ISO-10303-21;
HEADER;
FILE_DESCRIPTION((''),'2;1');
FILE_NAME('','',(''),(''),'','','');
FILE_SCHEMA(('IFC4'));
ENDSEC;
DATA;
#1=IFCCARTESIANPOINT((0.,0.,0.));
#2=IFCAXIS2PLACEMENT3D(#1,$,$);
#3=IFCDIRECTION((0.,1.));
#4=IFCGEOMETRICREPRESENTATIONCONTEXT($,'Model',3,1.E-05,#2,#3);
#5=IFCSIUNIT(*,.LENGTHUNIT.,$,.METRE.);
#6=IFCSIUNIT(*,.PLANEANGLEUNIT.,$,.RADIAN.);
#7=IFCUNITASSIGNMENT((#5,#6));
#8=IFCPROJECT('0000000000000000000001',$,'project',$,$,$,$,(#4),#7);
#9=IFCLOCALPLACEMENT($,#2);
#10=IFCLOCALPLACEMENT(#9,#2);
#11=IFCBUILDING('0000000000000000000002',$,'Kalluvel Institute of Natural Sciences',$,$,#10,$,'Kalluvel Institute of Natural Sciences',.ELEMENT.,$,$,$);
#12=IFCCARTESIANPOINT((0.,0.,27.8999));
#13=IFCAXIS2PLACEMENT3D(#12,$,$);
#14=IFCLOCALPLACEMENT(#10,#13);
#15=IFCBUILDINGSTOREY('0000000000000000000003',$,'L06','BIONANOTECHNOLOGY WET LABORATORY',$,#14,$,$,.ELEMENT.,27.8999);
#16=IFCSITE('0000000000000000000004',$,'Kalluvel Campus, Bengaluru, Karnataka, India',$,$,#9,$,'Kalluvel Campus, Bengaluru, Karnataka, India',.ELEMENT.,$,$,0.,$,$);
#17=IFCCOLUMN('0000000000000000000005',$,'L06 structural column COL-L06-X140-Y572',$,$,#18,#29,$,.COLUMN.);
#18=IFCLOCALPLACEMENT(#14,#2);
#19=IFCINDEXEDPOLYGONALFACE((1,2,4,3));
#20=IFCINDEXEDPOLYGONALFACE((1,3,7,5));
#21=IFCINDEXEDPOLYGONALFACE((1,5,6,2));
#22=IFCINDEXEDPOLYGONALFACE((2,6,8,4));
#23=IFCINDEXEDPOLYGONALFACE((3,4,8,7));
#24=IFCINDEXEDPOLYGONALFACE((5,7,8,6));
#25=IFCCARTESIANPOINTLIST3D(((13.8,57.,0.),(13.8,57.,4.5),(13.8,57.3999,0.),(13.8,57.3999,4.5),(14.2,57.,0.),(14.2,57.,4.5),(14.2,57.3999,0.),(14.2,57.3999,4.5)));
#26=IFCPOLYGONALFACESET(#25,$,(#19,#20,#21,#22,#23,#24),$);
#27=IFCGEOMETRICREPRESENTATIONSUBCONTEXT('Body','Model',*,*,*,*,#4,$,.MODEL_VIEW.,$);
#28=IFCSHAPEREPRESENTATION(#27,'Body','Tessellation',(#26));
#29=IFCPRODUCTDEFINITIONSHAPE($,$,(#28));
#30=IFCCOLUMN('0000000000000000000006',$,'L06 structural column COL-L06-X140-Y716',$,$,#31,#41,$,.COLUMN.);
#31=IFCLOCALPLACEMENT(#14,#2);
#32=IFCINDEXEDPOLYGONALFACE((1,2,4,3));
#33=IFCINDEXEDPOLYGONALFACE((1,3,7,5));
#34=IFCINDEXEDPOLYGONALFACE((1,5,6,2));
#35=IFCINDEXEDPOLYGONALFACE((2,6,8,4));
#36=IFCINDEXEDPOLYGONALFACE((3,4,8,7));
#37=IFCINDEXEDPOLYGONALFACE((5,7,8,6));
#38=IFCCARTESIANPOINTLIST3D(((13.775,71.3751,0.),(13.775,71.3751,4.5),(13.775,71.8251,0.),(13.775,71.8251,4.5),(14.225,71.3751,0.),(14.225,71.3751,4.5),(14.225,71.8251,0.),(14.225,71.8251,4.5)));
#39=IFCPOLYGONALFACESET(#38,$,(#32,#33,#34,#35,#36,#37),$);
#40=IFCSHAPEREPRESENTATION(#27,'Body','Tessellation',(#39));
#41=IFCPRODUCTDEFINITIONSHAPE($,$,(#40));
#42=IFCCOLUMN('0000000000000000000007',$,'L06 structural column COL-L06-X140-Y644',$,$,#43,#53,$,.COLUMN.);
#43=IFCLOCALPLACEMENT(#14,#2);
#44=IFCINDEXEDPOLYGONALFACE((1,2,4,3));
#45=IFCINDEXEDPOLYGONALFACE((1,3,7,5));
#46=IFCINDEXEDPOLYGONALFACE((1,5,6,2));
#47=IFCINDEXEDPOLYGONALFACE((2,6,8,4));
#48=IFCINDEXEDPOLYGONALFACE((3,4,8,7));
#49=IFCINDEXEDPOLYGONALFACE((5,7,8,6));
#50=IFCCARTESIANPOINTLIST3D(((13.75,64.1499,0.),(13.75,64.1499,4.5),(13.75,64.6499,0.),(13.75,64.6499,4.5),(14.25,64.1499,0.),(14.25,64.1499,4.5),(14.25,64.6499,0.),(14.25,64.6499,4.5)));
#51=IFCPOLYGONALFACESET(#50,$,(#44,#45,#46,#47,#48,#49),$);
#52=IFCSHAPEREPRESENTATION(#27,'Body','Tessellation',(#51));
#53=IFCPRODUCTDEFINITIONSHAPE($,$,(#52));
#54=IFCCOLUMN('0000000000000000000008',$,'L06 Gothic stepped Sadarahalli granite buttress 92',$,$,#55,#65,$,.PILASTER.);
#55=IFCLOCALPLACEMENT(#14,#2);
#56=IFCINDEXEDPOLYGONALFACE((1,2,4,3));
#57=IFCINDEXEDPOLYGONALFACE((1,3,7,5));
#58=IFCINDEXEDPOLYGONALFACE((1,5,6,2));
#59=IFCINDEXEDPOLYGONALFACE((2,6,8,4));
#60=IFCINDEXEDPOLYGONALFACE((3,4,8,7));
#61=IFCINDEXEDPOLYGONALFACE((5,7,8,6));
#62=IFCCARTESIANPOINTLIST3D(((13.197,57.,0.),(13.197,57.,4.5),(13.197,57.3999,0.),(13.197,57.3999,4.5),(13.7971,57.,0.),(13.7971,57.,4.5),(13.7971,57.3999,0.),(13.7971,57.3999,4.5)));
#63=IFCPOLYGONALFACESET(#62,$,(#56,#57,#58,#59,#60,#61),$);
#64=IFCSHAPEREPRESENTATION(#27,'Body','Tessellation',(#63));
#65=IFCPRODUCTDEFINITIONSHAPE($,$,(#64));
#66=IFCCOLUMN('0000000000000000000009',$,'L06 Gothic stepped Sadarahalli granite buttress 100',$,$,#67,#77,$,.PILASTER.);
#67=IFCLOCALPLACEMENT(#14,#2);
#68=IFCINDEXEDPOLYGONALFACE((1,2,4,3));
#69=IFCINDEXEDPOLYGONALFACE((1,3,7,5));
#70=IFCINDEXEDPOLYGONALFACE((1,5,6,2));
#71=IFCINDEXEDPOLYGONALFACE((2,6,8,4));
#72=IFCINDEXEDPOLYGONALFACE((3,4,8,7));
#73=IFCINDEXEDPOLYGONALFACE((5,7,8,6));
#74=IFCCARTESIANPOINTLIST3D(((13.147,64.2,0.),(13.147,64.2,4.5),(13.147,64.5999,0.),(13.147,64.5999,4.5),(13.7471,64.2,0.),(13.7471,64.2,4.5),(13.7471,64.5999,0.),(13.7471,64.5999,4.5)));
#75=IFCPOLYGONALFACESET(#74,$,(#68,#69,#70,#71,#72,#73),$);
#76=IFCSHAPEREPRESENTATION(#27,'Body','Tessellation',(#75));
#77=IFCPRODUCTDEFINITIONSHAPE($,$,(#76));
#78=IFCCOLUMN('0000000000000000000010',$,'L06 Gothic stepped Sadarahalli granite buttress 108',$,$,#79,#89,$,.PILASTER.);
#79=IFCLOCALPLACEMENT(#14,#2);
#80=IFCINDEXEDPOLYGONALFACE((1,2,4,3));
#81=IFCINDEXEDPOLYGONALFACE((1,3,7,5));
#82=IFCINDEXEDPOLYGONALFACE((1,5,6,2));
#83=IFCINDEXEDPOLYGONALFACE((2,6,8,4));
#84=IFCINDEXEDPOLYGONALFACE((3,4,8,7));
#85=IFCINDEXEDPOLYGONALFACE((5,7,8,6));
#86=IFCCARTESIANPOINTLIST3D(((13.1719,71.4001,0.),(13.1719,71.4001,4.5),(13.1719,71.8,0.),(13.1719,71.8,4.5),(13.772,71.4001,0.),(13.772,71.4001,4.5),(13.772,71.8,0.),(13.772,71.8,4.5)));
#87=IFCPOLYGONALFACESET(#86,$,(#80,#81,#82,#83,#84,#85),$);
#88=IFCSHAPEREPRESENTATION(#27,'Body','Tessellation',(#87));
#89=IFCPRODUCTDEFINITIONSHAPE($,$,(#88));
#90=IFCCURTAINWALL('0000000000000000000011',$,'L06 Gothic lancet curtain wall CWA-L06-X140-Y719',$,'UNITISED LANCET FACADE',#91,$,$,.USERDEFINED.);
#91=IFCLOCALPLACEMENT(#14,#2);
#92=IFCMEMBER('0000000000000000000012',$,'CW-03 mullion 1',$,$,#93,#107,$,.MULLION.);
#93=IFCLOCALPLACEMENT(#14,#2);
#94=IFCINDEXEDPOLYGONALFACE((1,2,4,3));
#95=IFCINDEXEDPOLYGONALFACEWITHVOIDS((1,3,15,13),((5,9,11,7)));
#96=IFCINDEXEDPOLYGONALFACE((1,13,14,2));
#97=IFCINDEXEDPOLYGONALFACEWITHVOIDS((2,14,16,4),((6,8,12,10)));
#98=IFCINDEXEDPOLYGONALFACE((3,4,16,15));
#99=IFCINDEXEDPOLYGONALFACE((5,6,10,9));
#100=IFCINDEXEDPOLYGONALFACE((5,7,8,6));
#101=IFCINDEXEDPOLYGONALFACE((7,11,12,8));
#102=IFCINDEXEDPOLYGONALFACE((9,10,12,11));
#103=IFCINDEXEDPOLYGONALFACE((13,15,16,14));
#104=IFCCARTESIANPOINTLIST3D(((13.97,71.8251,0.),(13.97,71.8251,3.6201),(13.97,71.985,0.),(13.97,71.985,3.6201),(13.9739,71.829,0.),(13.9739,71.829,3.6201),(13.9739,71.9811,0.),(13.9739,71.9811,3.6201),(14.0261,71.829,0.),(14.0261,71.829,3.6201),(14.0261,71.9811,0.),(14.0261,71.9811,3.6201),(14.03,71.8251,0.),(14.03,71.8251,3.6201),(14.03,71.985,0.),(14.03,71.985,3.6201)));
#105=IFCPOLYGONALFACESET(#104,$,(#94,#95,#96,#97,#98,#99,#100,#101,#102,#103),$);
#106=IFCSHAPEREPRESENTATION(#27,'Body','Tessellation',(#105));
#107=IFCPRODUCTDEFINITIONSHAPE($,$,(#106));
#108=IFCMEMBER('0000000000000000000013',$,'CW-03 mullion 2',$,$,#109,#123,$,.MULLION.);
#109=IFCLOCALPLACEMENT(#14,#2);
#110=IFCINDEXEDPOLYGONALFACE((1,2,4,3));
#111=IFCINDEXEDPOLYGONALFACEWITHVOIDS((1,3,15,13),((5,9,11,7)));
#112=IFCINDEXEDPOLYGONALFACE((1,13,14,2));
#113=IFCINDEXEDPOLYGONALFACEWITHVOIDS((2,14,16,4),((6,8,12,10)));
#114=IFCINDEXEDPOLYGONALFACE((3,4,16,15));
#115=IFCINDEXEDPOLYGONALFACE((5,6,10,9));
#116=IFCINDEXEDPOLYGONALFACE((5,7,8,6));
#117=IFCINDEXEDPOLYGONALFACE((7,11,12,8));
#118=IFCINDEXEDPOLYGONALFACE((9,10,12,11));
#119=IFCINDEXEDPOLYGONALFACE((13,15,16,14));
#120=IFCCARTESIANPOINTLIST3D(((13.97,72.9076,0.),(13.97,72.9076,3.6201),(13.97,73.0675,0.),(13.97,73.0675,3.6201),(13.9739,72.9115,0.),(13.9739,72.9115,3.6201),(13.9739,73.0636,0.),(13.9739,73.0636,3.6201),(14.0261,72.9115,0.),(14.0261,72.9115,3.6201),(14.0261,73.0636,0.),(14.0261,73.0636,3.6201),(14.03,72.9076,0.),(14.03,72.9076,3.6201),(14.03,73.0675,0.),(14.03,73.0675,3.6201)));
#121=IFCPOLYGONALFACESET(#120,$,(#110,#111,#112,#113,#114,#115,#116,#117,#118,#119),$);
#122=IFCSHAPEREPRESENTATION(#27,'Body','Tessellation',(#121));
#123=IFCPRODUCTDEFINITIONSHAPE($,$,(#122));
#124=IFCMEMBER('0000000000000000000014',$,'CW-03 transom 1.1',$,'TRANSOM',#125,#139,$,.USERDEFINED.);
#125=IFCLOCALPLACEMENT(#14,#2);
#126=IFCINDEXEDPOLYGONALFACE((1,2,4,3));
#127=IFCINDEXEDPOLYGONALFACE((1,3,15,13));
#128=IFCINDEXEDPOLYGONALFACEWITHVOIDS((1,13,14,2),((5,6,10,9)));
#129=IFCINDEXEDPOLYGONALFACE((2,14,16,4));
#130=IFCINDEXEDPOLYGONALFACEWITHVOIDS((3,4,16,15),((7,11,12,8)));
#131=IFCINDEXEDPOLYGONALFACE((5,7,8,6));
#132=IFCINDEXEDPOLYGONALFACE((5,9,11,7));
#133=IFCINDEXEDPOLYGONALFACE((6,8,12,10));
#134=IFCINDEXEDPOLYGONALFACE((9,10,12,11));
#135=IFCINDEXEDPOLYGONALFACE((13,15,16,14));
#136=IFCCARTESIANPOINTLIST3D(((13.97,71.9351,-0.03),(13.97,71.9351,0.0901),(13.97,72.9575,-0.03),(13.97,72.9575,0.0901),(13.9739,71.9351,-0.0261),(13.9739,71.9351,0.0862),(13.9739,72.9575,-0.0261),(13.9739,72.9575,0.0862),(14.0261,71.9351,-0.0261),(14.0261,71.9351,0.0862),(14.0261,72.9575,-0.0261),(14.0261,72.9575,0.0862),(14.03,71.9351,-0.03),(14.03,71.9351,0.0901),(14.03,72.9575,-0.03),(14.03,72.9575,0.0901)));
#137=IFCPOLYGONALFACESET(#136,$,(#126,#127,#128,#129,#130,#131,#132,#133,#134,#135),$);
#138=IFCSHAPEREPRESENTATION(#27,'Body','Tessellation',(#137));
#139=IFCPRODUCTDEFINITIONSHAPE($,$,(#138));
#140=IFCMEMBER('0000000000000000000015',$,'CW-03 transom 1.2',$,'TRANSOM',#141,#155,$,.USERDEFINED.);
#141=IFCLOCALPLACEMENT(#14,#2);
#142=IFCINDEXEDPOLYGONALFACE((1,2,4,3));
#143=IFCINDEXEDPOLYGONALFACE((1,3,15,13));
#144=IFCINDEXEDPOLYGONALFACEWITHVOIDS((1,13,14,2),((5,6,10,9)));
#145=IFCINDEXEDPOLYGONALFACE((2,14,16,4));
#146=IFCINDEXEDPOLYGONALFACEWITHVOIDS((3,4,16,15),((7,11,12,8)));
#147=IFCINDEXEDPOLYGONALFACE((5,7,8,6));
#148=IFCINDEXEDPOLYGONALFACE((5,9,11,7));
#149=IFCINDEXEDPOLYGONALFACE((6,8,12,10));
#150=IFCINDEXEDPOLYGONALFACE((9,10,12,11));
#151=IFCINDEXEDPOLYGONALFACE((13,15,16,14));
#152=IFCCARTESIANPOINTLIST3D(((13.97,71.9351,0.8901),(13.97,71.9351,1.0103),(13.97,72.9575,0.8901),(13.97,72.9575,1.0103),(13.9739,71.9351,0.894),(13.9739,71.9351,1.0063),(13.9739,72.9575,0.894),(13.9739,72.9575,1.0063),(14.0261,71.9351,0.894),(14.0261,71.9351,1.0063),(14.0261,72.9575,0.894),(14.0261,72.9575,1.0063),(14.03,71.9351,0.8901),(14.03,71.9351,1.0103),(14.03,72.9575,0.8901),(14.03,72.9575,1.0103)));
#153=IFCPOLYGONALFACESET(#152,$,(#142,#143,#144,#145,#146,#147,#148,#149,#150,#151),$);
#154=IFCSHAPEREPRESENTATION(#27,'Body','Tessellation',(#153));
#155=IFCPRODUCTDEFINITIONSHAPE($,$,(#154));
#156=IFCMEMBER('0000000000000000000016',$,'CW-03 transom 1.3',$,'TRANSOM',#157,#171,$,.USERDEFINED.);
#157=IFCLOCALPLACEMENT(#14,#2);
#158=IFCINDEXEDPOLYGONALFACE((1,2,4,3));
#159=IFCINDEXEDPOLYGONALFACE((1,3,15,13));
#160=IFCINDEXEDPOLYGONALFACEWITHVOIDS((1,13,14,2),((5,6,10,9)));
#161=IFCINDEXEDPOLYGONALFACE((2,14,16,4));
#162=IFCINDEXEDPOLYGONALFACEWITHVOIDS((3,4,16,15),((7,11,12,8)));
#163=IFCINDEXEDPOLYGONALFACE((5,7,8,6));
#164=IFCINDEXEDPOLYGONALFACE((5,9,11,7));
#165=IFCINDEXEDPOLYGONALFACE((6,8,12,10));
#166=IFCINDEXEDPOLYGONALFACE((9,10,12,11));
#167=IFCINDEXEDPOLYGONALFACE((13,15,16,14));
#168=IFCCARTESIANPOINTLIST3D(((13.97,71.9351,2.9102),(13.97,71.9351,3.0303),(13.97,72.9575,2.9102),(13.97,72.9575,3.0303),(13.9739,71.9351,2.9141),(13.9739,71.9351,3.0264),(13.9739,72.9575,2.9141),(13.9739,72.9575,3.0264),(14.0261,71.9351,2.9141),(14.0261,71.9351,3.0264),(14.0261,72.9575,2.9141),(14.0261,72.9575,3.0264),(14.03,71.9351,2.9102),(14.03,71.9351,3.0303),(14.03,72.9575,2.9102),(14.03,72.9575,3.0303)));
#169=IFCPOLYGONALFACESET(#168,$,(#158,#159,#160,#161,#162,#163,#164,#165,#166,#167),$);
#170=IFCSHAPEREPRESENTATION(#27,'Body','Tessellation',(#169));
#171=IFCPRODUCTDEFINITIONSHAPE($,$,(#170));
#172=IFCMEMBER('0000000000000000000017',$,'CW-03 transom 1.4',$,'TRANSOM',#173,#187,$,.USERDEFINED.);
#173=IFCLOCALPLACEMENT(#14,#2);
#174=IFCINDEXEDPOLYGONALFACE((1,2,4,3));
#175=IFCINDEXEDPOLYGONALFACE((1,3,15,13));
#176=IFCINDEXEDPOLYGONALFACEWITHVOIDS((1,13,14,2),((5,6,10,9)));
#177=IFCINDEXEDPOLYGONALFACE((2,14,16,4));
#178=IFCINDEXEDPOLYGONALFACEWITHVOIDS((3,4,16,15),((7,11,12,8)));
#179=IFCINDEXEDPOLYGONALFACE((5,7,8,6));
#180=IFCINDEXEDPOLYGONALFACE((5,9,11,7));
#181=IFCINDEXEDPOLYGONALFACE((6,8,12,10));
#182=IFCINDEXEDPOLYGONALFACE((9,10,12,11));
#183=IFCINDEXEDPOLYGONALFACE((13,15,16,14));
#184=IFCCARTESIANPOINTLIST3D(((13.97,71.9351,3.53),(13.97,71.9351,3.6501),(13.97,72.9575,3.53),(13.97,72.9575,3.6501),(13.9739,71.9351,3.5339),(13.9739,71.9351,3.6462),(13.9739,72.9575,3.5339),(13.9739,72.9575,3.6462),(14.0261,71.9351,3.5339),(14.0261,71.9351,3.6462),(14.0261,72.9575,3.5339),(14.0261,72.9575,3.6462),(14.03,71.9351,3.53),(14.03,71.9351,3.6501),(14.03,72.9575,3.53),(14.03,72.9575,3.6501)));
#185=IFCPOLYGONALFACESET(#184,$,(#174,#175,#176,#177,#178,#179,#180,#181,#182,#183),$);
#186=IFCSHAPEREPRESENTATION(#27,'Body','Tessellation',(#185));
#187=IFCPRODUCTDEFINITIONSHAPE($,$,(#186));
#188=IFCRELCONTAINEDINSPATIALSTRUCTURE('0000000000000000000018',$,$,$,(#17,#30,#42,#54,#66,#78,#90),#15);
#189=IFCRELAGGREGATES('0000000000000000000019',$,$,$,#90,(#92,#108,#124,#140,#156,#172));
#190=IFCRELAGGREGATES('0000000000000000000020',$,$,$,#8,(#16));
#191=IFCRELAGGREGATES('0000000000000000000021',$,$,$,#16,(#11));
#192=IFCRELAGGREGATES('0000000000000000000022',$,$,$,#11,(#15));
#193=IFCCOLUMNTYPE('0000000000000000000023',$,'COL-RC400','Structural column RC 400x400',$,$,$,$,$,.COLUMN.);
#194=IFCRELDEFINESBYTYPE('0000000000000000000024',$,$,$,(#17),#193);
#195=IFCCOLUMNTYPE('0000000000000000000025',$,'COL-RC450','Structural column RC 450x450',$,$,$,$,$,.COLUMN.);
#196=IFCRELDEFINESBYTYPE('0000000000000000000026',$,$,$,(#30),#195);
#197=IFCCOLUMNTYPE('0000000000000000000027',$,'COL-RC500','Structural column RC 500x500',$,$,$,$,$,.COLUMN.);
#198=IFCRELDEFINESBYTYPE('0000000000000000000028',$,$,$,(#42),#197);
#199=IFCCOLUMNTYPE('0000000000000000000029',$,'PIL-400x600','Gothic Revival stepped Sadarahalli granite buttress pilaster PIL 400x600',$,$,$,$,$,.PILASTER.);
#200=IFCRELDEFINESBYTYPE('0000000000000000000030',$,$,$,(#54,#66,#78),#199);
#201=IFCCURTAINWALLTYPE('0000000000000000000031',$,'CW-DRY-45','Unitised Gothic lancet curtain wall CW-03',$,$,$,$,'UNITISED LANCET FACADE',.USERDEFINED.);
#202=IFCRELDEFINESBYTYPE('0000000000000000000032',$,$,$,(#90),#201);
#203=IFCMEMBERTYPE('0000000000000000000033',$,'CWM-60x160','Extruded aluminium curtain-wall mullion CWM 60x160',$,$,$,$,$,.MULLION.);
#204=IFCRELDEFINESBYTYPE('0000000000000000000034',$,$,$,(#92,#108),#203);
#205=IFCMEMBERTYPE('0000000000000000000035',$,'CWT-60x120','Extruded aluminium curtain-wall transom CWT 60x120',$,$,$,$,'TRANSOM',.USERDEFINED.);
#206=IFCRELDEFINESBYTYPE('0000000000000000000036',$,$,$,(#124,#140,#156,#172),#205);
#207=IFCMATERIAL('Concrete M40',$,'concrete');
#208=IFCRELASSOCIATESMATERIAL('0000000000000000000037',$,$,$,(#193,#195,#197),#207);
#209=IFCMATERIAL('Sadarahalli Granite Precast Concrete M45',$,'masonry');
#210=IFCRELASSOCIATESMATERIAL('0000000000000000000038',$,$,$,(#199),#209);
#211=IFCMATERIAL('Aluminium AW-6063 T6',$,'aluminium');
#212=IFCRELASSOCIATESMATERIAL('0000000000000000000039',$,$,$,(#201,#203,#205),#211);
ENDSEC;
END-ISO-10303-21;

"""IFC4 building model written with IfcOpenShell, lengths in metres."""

from ifc_helpers import new_model, si_unit, direction, frame, origin, origin_2d, place, context, subcontext, project, spatial, rectangle, hollow_rectangle, extrude, material, material_profile, profile_set, type_object, element, aggregate, save


model = new_model("IFC4")

# Units and contexts
model_context = context("Model", 3, precision=1e-05, world=origin(), true_north=direction((0.0, 1.0)))
body_context = subcontext(model_context, "Body", "Model", "MODEL_VIEW")
ifc_project = project(units=[si_unit("LENGTHUNIT", "METRE"), si_unit("PLANEANGLEUNIT", "RADIAN")], contexts=[model_context])

# Site, building, storey
site_placement = place(None, origin())
site = spatial("IfcSite", under=ifc_project, at=site_placement, Name="Kalluvel Campus, Bengaluru, Karnataka, India", LongName="Kalluvel Campus, Bengaluru, Karnataka, India", CompositionType="ELEMENT", RefElevation=0.0)
building_placement = place(site_placement, origin())
building = spatial("IfcBuilding", under=site, at=building_placement, Name="Kalluvel Institute of Natural Sciences", LongName="Kalluvel Institute of Natural Sciences", CompositionType="ELEMENT")
storey_placement = place(building_placement, frame((0.0, 0.0, 27.8999)))
storey = spatial("IfcBuildingStorey", under=building, at=storey_placement, Name="L06", Description="BIONANOTECHNOLOGY WET LABORATORY", CompositionType="ELEMENT", Elevation=27.8999)

# Columns
ifc_material_1 = material(Name="Concrete M40", Category="concrete")
ifc_material_profile_1 = material_profile(ifc_material_1, rectangle(XDim=0.3999, YDim=0.3999, at=origin_2d()), Name="RC 400x400")
ifc_profile_set_1 = profile_set([ifc_material_profile_1], Name="Concrete M40")
column_type_1 = type_object("IfcColumnType", Name="COL-RC400", Description="Structural column RC 400x400", PredefinedType="COLUMN", material=ifc_profile_set_1)
column_1_placement = place(storey_placement, frame((14.0, 57.2, 0.0), z_axis=(0.0, 0.0, 1.0), x_axis=(1.0, 0.0, 0.0)))
element("IfcColumn", 1, at=column_1_placement, inside=storey, type_object=column_type_1, Name="L06 structural column COL-L06-X140-Y572", PredefinedType="COLUMN", context=body_context, shape_type="SweptSolid", body=[
    extrude(rectangle(XDim=0.3999, YDim=0.3999, at=origin_2d()), origin(), (0.0, 0.0, 1.0), 4.5),
])
ifc_material_profile_2 = material_profile(ifc_material_1, rectangle(XDim=0.45, YDim=0.45, at=origin_2d()), Name="RC 450x450")
ifc_profile_set_2 = profile_set([ifc_material_profile_2], Name="Concrete M40")
column_type_2 = type_object("IfcColumnType", Name="COL-RC450", Description="Structural column RC 450x450", PredefinedType="COLUMN", material=ifc_profile_set_2)
column_2_placement = place(storey_placement, frame((14.0, 71.6001, 0.0), z_axis=(0.0, 0.0, 1.0), x_axis=(1.0, 0.0, 0.0)))
element("IfcColumn", 2, at=column_2_placement, inside=storey, type_object=column_type_2, Name="L06 structural column COL-L06-X140-Y716", PredefinedType="COLUMN", context=body_context, shape_type="SweptSolid", body=[
    extrude(rectangle(XDim=0.45, YDim=0.45, at=origin_2d()), origin(), (0.0, 0.0, 1.0), 4.5),
])
ifc_material_profile_3 = material_profile(ifc_material_1, rectangle(XDim=0.5, YDim=0.5, at=origin_2d()), Name="RC 500x500")
ifc_profile_set_3 = profile_set([ifc_material_profile_3], Name="Concrete M40")
column_type_3 = type_object("IfcColumnType", Name="COL-RC500", Description="Structural column RC 500x500", PredefinedType="COLUMN", material=ifc_profile_set_3)
column_3_placement = place(storey_placement, frame((14.0, 64.3999, 0.0), z_axis=(0.0, 0.0, 1.0), x_axis=(1.0, 0.0, 0.0)))
element("IfcColumn", 3, at=column_3_placement, inside=storey, type_object=column_type_3, Name="L06 structural column COL-L06-X140-Y644", PredefinedType="COLUMN", context=body_context, shape_type="SweptSolid", body=[
    extrude(rectangle(XDim=0.5, YDim=0.5, at=origin_2d()), origin(), (0.0, 0.0, 1.0), 4.5),
])
ifc_material_2 = material(Name="Sadarahalli Granite Precast Concrete M45", Category="masonry")
ifc_material_profile_4 = material_profile(ifc_material_2, rectangle(XDim=0.3999, YDim=0.6001, at=origin_2d()), Name="PIL 400x600")
ifc_profile_set_4 = profile_set([ifc_material_profile_4], Name="Sadarahalli Granite Precast Concrete M45")
column_type_4 = type_object("IfcColumnType", Name="PIL-400x600", Description="Gothic Revival stepped Sadarahalli granite buttress pilaster PIL 400x600", PredefinedType="PILASTER", material=ifc_profile_set_4)
for number, where, z_axis, x_axis, name in (
    (4, (13.4971, 57.2, 0.0), (0.0, 0.0, 1.0), (0.0, 1.0, 0.0), "L06 Gothic stepped Sadarahalli granite buttress 92"),
    (5, (13.447, 64.3999, 0.0), (0.0, 0.0, 1.0), (0.0, 1.0, 0.0), "L06 Gothic stepped Sadarahalli granite buttress 100"),
    (6, (13.4719, 71.6001, 0.0), (0.0, 0.0, 1.0), (0.0, 1.0, 0.0), "L06 Gothic stepped Sadarahalli granite buttress 108"),
):
    element("IfcColumn", number, at=place(storey_placement, frame(where, z_axis=z_axis, x_axis=x_axis)), inside=storey, type_object=column_type_4, Name=name, PredefinedType="PILASTER", context=body_context, shape_type="SweptSolid", body=[
        extrude(rectangle(XDim=0.3999, YDim=0.6001, at=origin_2d()), origin(), (0.0, 0.0, 1.0), 4.5),
    ])

# Curtain wall, members
ifc_material_3 = material(Name="Aluminium AW-6063 T6", Category="aluminium")
curtain_wall_type = type_object("IfcCurtainWallType", Name="CW-DRY-45", Description="Unitised Gothic lancet curtain wall CW-03", ElementType="UNITISED LANCET FACADE", PredefinedType="USERDEFINED", material=ifc_material_3)
curtain_wall_placement = place(storey_placement, origin())
curtain_wall = element("IfcCurtainWall", 7, at=curtain_wall_placement, inside=storey, type_object=curtain_wall_type, Name="L06 Gothic lancet curtain wall CWA-L06-X140-Y719", ObjectType="UNITISED LANCET FACADE", PredefinedType="USERDEFINED")
ifc_material_profile_5 = material_profile(ifc_material_3, hollow_rectangle(XDim=0.0601, YDim=0.1599, WallThickness=0.0039, at=origin_2d()), Name="CWM 60x160")
ifc_profile_set_5 = profile_set([ifc_material_profile_5], Name="Aluminium AW-6063 T6")
member_type_1 = type_object("IfcMemberType", Name="CWM-60x160", Description="Extruded aluminium curtain-wall mullion CWM 60x160", PredefinedType="MULLION", material=ifc_profile_set_5)
member_1_placement = place(storey_placement, frame((14.0, 71.905, 0.0), z_axis=(0.0, 0.0, 1.0), x_axis=(-1.0, 0.0, 0.0)))
member_1 = element("IfcMember", 8, at=member_1_placement, type_object=member_type_1, Name="CW-03 mullion 1", PredefinedType="MULLION", context=body_context, shape_type="SweptSolid", body=[
    extrude(hollow_rectangle(XDim=0.0601, YDim=0.1599, WallThickness=0.0039, at=origin_2d()), origin(), (0.0, 0.0, 1.0), 3.6201),
])
member_2_placement = place(storey_placement, frame((14.0, 72.9875, 0.0), z_axis=(0.0, 0.0, 1.0), x_axis=(-1.0, 0.0, 0.0)))
member_2 = element("IfcMember", 9, at=member_2_placement, type_object=member_type_1, Name="CW-03 mullion 2", PredefinedType="MULLION", context=body_context, shape_type="SweptSolid", body=[
    extrude(hollow_rectangle(XDim=0.0601, YDim=0.1599, WallThickness=0.0039, at=origin_2d()), origin(), (0.0, 0.0, 1.0), 3.6201),
])
ifc_material_profile_6 = material_profile(ifc_material_3, hollow_rectangle(XDim=0.0601, YDim=0.1201, WallThickness=0.0039, at=origin_2d()), Name="CWT 60x120")
ifc_profile_set_6 = profile_set([ifc_material_profile_6], Name="Aluminium AW-6063 T6")
member_type_2 = type_object("IfcMemberType", Name="CWT-60x120", Description="Extruded aluminium curtain-wall transom CWT 60x120", ElementType="TRANSOM", PredefinedType="USERDEFINED", material=ifc_profile_set_6)
member_3_placement = place(storey_placement, frame((14.0, 71.9351, 0.03), z_axis=(0.0, 1.0, 0.0), x_axis=(-1.0, 0.0, 0.0)))
member_3 = element("IfcMember", 10, at=member_3_placement, type_object=member_type_2, Name="CW-03 transom 1.1", ObjectType="TRANSOM", PredefinedType="USERDEFINED", context=body_context, shape_type="SweptSolid", body=[
    extrude(hollow_rectangle(XDim=0.0601, YDim=0.1201, WallThickness=0.0039, at=origin_2d()), origin(), (0.0, 0.0, 1.0), 1.0225),
])
member_4_placement = place(storey_placement, frame((14.0, 71.9351, 0.9502), z_axis=(0.0, 1.0, 0.0), x_axis=(-1.0, 0.0, 0.0)))
member_4 = element("IfcMember", 11, at=member_4_placement, type_object=member_type_2, Name="CW-03 transom 1.2", ObjectType="TRANSOM", PredefinedType="USERDEFINED", context=body_context, shape_type="SweptSolid", body=[
    extrude(hollow_rectangle(XDim=0.0601, YDim=0.1201, WallThickness=0.0039, at=origin_2d()), origin(), (0.0, 0.0, 1.0), 1.0225),
])
member_5_placement = place(storey_placement, frame((14.0, 71.9351, 2.9702), z_axis=(0.0, 1.0, 0.0), x_axis=(-1.0, 0.0, 0.0)))
member_5 = element("IfcMember", 12, at=member_5_placement, type_object=member_type_2, Name="CW-03 transom 1.3", ObjectType="TRANSOM", PredefinedType="USERDEFINED", context=body_context, shape_type="SweptSolid", body=[
    extrude(hollow_rectangle(XDim=0.0601, YDim=0.1201, WallThickness=0.0039, at=origin_2d()), origin(), (0.0, 0.0, 1.0), 1.0225),
])
member_6_placement = place(storey_placement, frame((14.0, 71.9351, 3.5901), z_axis=(0.0, 1.0, 0.0), x_axis=(-1.0, 0.0, 0.0)))
member_6 = element("IfcMember", 13, at=member_6_placement, type_object=member_type_2, Name="CW-03 transom 1.4", ObjectType="TRANSOM", PredefinedType="USERDEFINED", context=body_context, shape_type="SweptSolid", body=[
    extrude(hollow_rectangle(XDim=0.0601, YDim=0.1201, WallThickness=0.0039, at=origin_2d()), origin(), (0.0, 0.0, 1.0), 1.0225),
])

aggregate(curtain_wall, [member_1, member_2, member_3, member_4, member_5, member_6])

save(model, "model.ifc")
